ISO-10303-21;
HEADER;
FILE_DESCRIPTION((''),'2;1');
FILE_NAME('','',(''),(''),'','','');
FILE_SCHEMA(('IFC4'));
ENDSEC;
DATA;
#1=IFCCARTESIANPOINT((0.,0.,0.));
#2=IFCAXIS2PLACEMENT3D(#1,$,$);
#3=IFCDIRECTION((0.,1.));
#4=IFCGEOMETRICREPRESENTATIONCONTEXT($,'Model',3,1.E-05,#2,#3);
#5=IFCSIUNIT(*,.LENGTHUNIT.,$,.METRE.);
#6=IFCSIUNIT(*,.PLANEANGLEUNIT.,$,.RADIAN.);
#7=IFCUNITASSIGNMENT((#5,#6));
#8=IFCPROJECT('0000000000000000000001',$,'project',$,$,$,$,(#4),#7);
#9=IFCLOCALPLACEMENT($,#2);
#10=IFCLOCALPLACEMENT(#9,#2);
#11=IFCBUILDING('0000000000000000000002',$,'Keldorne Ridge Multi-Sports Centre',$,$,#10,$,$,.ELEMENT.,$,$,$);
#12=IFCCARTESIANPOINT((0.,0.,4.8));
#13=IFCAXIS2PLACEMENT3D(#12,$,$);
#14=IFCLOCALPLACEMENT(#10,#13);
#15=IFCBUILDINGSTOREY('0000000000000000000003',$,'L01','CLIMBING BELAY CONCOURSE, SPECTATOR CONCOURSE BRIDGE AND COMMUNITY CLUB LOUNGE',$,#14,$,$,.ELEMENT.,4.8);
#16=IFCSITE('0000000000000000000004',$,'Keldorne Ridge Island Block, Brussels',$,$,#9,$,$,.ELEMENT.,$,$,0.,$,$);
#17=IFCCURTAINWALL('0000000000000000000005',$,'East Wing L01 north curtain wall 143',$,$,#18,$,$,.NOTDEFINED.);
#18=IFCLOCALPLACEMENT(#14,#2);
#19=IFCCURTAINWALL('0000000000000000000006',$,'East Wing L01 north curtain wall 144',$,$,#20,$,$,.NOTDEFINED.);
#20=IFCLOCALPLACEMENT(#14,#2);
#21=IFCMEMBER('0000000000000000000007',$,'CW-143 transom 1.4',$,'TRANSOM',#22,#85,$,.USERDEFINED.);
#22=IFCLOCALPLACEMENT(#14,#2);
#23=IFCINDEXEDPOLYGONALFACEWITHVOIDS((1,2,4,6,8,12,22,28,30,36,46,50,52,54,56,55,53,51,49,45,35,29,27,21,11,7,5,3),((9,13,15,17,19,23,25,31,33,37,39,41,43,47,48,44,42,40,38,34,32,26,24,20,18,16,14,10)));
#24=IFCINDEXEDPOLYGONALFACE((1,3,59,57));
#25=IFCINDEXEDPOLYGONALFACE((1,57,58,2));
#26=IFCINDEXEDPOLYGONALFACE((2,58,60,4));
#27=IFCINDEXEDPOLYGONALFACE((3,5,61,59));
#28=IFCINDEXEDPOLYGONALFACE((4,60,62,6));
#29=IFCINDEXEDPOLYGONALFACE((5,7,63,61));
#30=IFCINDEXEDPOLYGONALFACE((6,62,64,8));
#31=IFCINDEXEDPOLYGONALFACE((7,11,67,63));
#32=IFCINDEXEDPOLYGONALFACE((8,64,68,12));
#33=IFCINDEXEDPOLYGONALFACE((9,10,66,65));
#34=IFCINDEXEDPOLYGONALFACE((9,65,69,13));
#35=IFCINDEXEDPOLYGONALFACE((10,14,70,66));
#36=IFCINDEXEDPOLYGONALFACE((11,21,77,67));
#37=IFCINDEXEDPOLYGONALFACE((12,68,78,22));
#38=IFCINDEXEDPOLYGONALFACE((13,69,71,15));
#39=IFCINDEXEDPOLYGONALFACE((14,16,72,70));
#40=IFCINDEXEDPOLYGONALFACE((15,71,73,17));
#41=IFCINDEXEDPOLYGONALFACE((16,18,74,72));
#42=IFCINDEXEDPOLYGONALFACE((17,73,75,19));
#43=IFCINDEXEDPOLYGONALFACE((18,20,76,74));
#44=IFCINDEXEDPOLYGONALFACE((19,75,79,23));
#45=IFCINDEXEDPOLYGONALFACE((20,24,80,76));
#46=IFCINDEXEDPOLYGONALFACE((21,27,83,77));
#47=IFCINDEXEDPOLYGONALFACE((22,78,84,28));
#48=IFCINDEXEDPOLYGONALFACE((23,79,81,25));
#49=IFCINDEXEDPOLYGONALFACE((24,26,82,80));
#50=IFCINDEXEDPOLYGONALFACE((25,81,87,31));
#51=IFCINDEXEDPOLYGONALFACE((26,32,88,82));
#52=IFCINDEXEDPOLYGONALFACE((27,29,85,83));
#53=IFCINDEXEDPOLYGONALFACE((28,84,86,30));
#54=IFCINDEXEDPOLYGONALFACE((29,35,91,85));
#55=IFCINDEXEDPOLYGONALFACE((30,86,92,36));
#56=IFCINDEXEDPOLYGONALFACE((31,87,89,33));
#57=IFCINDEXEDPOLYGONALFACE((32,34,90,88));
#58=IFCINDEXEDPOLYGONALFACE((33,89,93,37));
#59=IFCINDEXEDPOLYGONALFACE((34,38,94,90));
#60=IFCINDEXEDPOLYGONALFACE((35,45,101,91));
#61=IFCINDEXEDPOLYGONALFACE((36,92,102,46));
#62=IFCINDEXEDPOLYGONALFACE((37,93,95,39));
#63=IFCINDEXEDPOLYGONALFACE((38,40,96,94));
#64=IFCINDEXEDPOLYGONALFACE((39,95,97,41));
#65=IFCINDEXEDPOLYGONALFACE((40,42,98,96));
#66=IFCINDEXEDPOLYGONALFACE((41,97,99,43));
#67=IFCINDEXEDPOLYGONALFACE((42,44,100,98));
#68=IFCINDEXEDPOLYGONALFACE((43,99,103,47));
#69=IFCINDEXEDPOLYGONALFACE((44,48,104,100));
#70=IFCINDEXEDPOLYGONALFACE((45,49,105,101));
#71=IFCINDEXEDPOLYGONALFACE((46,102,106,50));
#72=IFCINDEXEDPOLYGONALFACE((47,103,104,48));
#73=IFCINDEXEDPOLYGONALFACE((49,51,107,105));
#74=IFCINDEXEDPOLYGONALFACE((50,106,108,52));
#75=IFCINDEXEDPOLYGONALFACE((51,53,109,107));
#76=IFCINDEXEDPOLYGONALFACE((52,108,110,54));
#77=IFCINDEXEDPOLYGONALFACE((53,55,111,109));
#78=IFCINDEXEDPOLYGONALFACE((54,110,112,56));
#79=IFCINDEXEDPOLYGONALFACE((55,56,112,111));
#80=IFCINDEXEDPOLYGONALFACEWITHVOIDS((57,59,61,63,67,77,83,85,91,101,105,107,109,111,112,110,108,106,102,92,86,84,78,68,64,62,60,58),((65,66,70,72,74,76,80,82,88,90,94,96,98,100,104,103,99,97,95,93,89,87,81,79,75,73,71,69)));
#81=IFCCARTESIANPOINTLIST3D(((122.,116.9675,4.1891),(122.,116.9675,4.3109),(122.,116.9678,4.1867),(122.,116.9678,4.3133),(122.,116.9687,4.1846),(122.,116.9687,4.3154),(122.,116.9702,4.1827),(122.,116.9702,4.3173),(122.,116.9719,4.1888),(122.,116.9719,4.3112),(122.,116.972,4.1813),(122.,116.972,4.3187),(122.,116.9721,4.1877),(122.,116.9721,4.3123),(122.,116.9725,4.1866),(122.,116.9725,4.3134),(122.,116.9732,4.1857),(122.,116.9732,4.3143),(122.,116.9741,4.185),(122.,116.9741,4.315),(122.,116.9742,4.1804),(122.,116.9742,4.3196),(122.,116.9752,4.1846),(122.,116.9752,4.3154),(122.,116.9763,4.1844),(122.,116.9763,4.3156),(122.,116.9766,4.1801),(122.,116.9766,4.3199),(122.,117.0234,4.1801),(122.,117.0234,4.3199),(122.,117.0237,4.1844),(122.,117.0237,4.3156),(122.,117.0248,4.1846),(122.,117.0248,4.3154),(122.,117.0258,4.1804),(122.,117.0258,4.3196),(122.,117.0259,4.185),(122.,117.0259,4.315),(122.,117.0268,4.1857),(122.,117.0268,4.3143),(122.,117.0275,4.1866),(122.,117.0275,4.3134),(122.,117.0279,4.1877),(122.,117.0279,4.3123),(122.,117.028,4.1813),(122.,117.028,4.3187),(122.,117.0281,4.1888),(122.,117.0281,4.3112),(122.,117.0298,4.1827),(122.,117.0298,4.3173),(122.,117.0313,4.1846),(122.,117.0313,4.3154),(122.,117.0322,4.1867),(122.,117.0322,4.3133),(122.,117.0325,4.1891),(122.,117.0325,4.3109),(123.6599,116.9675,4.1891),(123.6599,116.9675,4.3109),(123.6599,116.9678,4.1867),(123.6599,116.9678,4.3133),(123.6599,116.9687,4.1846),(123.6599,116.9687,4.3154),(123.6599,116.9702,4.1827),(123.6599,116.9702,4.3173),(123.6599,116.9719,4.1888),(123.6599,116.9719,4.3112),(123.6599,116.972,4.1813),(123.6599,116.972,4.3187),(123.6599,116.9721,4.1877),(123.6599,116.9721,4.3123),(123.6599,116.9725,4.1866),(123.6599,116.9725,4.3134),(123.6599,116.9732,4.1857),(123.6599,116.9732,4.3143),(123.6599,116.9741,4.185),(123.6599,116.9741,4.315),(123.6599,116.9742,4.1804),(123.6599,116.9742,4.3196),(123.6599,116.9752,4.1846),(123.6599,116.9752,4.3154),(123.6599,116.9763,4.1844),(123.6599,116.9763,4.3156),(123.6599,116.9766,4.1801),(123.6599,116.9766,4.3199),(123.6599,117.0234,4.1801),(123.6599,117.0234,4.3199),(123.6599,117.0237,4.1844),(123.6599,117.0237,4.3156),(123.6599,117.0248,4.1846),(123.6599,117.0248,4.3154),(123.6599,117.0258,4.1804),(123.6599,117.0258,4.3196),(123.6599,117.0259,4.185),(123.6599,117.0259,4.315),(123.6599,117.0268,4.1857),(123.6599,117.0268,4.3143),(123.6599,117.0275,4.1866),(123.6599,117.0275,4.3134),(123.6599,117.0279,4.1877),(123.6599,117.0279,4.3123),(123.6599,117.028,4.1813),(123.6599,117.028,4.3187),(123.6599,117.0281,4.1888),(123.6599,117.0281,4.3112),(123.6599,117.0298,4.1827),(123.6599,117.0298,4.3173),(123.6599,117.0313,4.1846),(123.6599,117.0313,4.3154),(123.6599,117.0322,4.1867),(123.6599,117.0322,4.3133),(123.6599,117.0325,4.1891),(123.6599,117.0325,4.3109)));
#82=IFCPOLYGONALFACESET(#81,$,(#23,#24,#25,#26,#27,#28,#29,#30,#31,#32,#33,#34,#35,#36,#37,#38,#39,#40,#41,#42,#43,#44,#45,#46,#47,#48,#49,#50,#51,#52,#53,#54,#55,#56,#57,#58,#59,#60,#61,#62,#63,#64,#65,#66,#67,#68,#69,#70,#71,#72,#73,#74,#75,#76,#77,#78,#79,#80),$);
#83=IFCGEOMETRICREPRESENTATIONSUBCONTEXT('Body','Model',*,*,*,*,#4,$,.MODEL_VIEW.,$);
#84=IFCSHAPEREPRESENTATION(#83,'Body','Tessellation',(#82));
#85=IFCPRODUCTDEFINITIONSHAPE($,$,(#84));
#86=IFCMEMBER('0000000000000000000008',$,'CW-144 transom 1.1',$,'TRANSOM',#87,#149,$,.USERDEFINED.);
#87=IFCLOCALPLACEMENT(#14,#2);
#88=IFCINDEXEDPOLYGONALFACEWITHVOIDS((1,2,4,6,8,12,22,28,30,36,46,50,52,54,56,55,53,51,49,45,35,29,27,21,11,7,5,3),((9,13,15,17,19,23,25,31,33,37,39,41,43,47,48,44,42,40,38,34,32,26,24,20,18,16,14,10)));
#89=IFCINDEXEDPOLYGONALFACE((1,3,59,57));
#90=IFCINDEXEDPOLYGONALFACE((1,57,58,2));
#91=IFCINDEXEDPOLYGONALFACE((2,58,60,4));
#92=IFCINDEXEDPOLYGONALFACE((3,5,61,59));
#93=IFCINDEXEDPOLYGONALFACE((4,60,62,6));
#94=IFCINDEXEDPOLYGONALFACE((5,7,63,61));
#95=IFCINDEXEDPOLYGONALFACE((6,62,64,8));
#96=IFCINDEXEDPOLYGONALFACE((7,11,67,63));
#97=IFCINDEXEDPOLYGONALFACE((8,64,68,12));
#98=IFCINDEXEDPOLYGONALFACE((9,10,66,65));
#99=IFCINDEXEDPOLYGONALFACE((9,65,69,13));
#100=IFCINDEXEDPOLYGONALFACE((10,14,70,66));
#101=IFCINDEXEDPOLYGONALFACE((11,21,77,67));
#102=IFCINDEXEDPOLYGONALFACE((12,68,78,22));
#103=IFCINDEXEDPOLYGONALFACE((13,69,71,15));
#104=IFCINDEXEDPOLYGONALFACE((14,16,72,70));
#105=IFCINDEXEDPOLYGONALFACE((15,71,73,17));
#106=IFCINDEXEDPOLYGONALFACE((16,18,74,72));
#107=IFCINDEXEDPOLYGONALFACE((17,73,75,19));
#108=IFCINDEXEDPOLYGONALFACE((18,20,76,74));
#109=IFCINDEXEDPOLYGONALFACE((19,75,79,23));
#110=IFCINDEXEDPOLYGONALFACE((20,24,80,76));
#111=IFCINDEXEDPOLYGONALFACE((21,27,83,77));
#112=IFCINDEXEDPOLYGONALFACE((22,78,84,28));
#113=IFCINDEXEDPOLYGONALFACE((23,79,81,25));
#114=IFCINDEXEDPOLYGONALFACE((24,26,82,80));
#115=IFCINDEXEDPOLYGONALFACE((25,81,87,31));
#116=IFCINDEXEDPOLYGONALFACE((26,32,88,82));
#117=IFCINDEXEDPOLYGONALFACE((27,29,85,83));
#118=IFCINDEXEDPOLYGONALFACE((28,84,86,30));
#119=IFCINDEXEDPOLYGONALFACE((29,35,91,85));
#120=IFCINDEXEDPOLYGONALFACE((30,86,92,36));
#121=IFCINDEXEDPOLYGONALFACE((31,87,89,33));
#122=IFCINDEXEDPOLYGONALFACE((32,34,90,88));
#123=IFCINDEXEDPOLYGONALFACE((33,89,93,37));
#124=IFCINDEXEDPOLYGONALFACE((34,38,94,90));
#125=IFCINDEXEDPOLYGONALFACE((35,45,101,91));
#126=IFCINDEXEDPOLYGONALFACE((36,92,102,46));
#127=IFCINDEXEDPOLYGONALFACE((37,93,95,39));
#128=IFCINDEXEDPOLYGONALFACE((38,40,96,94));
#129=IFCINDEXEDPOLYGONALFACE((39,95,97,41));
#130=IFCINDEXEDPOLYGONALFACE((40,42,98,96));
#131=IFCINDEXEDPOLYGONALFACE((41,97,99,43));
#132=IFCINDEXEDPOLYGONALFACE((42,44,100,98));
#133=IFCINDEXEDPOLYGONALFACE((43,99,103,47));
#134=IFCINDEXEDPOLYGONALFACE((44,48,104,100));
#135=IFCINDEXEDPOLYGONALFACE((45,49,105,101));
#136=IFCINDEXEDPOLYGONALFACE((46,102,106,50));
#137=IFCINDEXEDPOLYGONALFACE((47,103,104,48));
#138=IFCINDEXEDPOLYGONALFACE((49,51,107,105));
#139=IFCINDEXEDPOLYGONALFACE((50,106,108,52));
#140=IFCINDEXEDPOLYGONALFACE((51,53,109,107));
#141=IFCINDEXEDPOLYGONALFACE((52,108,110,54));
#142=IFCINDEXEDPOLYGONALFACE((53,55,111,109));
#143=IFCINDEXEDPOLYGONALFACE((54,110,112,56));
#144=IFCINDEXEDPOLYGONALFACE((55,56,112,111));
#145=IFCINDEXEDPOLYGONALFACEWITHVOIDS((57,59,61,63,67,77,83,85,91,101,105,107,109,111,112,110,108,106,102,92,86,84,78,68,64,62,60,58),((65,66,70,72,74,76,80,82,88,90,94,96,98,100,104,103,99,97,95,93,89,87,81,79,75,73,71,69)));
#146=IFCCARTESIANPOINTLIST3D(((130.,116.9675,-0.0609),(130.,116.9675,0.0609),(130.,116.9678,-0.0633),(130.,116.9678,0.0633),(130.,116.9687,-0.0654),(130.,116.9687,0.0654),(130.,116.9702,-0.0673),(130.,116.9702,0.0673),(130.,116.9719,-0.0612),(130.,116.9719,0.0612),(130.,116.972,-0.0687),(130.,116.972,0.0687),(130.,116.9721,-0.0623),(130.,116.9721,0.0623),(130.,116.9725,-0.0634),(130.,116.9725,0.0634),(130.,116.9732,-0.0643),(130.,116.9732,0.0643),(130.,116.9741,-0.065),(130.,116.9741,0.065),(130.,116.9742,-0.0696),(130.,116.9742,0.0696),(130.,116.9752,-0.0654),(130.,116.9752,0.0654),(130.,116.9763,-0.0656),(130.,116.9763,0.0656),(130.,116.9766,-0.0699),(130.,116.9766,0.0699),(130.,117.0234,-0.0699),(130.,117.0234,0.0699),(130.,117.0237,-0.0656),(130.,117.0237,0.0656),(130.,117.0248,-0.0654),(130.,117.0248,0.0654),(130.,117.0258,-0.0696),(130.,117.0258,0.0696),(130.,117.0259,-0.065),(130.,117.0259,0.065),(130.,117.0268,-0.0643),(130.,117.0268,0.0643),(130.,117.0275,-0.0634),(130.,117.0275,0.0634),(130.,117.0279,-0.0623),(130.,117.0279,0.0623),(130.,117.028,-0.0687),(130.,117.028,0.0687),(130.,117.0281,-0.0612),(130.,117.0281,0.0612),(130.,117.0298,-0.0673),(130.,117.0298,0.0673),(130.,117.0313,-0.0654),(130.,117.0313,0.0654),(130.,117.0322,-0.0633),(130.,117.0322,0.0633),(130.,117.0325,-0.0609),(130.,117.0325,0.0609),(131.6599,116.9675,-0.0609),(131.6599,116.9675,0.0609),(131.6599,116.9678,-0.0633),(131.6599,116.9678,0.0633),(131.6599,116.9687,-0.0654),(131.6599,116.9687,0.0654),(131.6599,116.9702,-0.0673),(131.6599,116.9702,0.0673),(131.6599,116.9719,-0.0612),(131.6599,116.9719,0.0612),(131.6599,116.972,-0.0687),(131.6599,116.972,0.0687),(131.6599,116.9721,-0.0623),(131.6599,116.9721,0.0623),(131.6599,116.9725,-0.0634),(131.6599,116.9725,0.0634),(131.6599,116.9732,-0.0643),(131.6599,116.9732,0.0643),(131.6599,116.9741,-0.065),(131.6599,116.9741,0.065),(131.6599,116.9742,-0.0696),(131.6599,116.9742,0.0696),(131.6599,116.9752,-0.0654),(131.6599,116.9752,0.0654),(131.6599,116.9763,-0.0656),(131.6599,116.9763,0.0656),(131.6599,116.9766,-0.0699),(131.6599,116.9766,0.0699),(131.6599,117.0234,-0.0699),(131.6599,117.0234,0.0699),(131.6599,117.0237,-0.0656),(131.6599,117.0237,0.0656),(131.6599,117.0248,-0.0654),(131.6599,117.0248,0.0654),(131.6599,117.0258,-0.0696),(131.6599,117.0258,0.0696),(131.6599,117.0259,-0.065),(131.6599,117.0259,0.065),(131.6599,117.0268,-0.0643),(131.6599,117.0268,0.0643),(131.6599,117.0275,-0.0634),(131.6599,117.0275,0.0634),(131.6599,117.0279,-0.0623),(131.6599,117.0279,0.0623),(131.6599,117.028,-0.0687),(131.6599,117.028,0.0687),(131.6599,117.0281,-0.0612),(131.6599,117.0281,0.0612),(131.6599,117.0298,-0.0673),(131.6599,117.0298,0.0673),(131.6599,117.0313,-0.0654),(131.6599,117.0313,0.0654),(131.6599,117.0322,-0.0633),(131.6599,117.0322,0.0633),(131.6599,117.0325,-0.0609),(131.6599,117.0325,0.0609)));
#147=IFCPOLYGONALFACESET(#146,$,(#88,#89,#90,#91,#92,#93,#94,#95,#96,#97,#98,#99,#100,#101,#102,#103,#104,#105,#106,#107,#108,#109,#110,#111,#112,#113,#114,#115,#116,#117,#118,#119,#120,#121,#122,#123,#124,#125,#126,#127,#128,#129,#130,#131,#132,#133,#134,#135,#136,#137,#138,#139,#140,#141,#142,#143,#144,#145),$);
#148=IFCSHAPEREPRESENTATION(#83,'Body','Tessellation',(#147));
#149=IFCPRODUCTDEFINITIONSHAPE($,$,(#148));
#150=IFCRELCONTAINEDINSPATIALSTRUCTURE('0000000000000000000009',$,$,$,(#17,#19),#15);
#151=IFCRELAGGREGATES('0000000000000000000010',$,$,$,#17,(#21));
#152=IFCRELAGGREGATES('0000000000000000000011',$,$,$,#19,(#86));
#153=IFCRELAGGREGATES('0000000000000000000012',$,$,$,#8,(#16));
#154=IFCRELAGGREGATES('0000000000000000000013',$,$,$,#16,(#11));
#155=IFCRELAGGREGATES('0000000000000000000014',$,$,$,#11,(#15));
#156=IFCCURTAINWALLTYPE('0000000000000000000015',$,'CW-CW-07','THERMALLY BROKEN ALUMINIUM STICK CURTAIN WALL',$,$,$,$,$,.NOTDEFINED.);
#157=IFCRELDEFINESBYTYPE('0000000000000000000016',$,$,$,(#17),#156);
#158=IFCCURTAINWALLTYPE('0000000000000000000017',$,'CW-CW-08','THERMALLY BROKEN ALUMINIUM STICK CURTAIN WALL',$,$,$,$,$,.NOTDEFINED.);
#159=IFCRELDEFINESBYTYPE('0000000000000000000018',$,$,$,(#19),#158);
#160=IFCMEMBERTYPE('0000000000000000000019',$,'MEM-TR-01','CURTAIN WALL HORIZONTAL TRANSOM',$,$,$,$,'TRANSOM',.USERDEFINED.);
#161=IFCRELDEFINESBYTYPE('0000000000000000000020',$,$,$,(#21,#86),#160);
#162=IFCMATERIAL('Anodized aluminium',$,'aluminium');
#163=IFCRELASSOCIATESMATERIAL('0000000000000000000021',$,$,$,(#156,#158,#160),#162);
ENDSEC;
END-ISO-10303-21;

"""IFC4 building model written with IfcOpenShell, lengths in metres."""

from ifc_helpers import new_model, si_unit, direction, frame, origin, origin_2d, place, context, subcontext, project, spatial, hollow_rectangle, extrude, material, material_profile, profile_set, type_object, element, aggregate, save


model = new_model("IFC4")

# Units and contexts
model_context = context("Model", 3, precision=1e-05, world=origin(), true_north=direction((0.0, 1.0)))
body_context = subcontext(model_context, "Body", "Model", "MODEL_VIEW")
ifc_project = project(units=[si_unit("LENGTHUNIT", "METRE"), si_unit("PLANEANGLEUNIT", "RADIAN")], contexts=[model_context])

# Site, building, storey
site_placement = place(None, origin())
site = spatial("IfcSite", under=ifc_project, at=site_placement, Name="Keldorne Ridge Island Block, Brussels", CompositionType="ELEMENT", RefElevation=0.0)
building_placement = place(site_placement, origin())
building = spatial("IfcBuilding", under=site, at=building_placement, Name="Keldorne Ridge Multi-Sports Centre", CompositionType="ELEMENT")
storey_placement = place(building_placement, frame((0.0, 0.0, 4.8)))
storey = spatial("IfcBuildingStorey", under=building, at=storey_placement, Name="L01", Description="CLIMBING BELAY CONCOURSE, SPECTATOR CONCOURSE BRIDGE AND COMMUNITY CLUB LOUNGE", CompositionType="ELEMENT", Elevation=4.8)

# Curtain wall
ifc_material_1 = material(Name="Anodized aluminium", Category="aluminium")
curtain_wall_type_1 = type_object("IfcCurtainWallType", Name="CW-CW-07", Description="THERMALLY BROKEN ALUMINIUM STICK CURTAIN WALL", PredefinedType="NOTDEFINED", material=ifc_material_1)
curtain_wall_1_placement = place(storey_placement, origin())
curtain_wall_1 = element("IfcCurtainWall", 1, at=curtain_wall_1_placement, inside=storey, type_object=curtain_wall_type_1, Name="East Wing L01 north curtain wall 143", PredefinedType="NOTDEFINED")

# Curtain wall
curtain_wall_type_2 = type_object("IfcCurtainWallType", Name="CW-CW-08", Description="THERMALLY BROKEN ALUMINIUM STICK CURTAIN WALL", PredefinedType="NOTDEFINED", material=ifc_material_1)
curtain_wall_2_placement = place(storey_placement, origin())
curtain_wall_2 = element("IfcCurtainWall", 2, at=curtain_wall_2_placement, inside=storey, type_object=curtain_wall_type_2, Name="East Wing L01 north curtain wall 144", PredefinedType="NOTDEFINED")

# Members
ifc_material_profile_1 = material_profile(ifc_material_1, hollow_rectangle(XDim=0.0649, YDim=0.1399, WallThickness=0.0044, InnerFilletRadius=0.0044, OuterFilletRadius=0.009, at=origin_2d()), Name="ALU TRANSOM 140x65x4.5")
ifc_profile_set_1 = profile_set([ifc_material_profile_1], Name="Anodized aluminium")
member_type_1 = type_object("IfcMemberType", Name="MEM-TR-01", Description="CURTAIN WALL HORIZONTAL TRANSOM", ElementType="TRANSOM", PredefinedType="USERDEFINED", material=ifc_profile_set_1)
member_1_placement = place(storey_placement, frame((123.6599, 117.0, 4.25), z_axis=(-1.0, 0.0, 0.0), x_axis=(0.0, -1.0, 0.0)))
member_1 = element("IfcMember", 3, at=member_1_placement, type_object=member_type_1, Name="CW-143 transom 1.4", ObjectType="TRANSOM", PredefinedType="USERDEFINED", context=body_context, shape_type="SweptSolid", body=[
    extrude(hollow_rectangle(XDim=0.0649, YDim=0.1399, WallThickness=0.0044, InnerFilletRadius=0.0044, OuterFilletRadius=0.009, at=origin_2d()), origin(), (0.0, 0.0, 1.0), 1.6599),
])
aggregate(curtain_wall_1, [member_1])
member_2_placement = place(storey_placement, frame((131.6599, 117.0, 0.0), z_axis=(-1.0, 0.0, 0.0), x_axis=(0.0, -1.0, 0.0)))
member_2 = element("IfcMember", 4, at=member_2_placement, type_object=member_type_1, Name="CW-144 transom 1.1", ObjectType="TRANSOM", PredefinedType="USERDEFINED", context=body_context, shape_type="SweptSolid", body=[
    extrude(hollow_rectangle(XDim=0.0649, YDim=0.1399, WallThickness=0.0044, InnerFilletRadius=0.0044, OuterFilletRadius=0.009, at=origin_2d()), origin(), (0.0, 0.0, 1.0), 1.6599),
])

aggregate(curtain_wall_2, [member_2])

save(model, "model.ifc")
